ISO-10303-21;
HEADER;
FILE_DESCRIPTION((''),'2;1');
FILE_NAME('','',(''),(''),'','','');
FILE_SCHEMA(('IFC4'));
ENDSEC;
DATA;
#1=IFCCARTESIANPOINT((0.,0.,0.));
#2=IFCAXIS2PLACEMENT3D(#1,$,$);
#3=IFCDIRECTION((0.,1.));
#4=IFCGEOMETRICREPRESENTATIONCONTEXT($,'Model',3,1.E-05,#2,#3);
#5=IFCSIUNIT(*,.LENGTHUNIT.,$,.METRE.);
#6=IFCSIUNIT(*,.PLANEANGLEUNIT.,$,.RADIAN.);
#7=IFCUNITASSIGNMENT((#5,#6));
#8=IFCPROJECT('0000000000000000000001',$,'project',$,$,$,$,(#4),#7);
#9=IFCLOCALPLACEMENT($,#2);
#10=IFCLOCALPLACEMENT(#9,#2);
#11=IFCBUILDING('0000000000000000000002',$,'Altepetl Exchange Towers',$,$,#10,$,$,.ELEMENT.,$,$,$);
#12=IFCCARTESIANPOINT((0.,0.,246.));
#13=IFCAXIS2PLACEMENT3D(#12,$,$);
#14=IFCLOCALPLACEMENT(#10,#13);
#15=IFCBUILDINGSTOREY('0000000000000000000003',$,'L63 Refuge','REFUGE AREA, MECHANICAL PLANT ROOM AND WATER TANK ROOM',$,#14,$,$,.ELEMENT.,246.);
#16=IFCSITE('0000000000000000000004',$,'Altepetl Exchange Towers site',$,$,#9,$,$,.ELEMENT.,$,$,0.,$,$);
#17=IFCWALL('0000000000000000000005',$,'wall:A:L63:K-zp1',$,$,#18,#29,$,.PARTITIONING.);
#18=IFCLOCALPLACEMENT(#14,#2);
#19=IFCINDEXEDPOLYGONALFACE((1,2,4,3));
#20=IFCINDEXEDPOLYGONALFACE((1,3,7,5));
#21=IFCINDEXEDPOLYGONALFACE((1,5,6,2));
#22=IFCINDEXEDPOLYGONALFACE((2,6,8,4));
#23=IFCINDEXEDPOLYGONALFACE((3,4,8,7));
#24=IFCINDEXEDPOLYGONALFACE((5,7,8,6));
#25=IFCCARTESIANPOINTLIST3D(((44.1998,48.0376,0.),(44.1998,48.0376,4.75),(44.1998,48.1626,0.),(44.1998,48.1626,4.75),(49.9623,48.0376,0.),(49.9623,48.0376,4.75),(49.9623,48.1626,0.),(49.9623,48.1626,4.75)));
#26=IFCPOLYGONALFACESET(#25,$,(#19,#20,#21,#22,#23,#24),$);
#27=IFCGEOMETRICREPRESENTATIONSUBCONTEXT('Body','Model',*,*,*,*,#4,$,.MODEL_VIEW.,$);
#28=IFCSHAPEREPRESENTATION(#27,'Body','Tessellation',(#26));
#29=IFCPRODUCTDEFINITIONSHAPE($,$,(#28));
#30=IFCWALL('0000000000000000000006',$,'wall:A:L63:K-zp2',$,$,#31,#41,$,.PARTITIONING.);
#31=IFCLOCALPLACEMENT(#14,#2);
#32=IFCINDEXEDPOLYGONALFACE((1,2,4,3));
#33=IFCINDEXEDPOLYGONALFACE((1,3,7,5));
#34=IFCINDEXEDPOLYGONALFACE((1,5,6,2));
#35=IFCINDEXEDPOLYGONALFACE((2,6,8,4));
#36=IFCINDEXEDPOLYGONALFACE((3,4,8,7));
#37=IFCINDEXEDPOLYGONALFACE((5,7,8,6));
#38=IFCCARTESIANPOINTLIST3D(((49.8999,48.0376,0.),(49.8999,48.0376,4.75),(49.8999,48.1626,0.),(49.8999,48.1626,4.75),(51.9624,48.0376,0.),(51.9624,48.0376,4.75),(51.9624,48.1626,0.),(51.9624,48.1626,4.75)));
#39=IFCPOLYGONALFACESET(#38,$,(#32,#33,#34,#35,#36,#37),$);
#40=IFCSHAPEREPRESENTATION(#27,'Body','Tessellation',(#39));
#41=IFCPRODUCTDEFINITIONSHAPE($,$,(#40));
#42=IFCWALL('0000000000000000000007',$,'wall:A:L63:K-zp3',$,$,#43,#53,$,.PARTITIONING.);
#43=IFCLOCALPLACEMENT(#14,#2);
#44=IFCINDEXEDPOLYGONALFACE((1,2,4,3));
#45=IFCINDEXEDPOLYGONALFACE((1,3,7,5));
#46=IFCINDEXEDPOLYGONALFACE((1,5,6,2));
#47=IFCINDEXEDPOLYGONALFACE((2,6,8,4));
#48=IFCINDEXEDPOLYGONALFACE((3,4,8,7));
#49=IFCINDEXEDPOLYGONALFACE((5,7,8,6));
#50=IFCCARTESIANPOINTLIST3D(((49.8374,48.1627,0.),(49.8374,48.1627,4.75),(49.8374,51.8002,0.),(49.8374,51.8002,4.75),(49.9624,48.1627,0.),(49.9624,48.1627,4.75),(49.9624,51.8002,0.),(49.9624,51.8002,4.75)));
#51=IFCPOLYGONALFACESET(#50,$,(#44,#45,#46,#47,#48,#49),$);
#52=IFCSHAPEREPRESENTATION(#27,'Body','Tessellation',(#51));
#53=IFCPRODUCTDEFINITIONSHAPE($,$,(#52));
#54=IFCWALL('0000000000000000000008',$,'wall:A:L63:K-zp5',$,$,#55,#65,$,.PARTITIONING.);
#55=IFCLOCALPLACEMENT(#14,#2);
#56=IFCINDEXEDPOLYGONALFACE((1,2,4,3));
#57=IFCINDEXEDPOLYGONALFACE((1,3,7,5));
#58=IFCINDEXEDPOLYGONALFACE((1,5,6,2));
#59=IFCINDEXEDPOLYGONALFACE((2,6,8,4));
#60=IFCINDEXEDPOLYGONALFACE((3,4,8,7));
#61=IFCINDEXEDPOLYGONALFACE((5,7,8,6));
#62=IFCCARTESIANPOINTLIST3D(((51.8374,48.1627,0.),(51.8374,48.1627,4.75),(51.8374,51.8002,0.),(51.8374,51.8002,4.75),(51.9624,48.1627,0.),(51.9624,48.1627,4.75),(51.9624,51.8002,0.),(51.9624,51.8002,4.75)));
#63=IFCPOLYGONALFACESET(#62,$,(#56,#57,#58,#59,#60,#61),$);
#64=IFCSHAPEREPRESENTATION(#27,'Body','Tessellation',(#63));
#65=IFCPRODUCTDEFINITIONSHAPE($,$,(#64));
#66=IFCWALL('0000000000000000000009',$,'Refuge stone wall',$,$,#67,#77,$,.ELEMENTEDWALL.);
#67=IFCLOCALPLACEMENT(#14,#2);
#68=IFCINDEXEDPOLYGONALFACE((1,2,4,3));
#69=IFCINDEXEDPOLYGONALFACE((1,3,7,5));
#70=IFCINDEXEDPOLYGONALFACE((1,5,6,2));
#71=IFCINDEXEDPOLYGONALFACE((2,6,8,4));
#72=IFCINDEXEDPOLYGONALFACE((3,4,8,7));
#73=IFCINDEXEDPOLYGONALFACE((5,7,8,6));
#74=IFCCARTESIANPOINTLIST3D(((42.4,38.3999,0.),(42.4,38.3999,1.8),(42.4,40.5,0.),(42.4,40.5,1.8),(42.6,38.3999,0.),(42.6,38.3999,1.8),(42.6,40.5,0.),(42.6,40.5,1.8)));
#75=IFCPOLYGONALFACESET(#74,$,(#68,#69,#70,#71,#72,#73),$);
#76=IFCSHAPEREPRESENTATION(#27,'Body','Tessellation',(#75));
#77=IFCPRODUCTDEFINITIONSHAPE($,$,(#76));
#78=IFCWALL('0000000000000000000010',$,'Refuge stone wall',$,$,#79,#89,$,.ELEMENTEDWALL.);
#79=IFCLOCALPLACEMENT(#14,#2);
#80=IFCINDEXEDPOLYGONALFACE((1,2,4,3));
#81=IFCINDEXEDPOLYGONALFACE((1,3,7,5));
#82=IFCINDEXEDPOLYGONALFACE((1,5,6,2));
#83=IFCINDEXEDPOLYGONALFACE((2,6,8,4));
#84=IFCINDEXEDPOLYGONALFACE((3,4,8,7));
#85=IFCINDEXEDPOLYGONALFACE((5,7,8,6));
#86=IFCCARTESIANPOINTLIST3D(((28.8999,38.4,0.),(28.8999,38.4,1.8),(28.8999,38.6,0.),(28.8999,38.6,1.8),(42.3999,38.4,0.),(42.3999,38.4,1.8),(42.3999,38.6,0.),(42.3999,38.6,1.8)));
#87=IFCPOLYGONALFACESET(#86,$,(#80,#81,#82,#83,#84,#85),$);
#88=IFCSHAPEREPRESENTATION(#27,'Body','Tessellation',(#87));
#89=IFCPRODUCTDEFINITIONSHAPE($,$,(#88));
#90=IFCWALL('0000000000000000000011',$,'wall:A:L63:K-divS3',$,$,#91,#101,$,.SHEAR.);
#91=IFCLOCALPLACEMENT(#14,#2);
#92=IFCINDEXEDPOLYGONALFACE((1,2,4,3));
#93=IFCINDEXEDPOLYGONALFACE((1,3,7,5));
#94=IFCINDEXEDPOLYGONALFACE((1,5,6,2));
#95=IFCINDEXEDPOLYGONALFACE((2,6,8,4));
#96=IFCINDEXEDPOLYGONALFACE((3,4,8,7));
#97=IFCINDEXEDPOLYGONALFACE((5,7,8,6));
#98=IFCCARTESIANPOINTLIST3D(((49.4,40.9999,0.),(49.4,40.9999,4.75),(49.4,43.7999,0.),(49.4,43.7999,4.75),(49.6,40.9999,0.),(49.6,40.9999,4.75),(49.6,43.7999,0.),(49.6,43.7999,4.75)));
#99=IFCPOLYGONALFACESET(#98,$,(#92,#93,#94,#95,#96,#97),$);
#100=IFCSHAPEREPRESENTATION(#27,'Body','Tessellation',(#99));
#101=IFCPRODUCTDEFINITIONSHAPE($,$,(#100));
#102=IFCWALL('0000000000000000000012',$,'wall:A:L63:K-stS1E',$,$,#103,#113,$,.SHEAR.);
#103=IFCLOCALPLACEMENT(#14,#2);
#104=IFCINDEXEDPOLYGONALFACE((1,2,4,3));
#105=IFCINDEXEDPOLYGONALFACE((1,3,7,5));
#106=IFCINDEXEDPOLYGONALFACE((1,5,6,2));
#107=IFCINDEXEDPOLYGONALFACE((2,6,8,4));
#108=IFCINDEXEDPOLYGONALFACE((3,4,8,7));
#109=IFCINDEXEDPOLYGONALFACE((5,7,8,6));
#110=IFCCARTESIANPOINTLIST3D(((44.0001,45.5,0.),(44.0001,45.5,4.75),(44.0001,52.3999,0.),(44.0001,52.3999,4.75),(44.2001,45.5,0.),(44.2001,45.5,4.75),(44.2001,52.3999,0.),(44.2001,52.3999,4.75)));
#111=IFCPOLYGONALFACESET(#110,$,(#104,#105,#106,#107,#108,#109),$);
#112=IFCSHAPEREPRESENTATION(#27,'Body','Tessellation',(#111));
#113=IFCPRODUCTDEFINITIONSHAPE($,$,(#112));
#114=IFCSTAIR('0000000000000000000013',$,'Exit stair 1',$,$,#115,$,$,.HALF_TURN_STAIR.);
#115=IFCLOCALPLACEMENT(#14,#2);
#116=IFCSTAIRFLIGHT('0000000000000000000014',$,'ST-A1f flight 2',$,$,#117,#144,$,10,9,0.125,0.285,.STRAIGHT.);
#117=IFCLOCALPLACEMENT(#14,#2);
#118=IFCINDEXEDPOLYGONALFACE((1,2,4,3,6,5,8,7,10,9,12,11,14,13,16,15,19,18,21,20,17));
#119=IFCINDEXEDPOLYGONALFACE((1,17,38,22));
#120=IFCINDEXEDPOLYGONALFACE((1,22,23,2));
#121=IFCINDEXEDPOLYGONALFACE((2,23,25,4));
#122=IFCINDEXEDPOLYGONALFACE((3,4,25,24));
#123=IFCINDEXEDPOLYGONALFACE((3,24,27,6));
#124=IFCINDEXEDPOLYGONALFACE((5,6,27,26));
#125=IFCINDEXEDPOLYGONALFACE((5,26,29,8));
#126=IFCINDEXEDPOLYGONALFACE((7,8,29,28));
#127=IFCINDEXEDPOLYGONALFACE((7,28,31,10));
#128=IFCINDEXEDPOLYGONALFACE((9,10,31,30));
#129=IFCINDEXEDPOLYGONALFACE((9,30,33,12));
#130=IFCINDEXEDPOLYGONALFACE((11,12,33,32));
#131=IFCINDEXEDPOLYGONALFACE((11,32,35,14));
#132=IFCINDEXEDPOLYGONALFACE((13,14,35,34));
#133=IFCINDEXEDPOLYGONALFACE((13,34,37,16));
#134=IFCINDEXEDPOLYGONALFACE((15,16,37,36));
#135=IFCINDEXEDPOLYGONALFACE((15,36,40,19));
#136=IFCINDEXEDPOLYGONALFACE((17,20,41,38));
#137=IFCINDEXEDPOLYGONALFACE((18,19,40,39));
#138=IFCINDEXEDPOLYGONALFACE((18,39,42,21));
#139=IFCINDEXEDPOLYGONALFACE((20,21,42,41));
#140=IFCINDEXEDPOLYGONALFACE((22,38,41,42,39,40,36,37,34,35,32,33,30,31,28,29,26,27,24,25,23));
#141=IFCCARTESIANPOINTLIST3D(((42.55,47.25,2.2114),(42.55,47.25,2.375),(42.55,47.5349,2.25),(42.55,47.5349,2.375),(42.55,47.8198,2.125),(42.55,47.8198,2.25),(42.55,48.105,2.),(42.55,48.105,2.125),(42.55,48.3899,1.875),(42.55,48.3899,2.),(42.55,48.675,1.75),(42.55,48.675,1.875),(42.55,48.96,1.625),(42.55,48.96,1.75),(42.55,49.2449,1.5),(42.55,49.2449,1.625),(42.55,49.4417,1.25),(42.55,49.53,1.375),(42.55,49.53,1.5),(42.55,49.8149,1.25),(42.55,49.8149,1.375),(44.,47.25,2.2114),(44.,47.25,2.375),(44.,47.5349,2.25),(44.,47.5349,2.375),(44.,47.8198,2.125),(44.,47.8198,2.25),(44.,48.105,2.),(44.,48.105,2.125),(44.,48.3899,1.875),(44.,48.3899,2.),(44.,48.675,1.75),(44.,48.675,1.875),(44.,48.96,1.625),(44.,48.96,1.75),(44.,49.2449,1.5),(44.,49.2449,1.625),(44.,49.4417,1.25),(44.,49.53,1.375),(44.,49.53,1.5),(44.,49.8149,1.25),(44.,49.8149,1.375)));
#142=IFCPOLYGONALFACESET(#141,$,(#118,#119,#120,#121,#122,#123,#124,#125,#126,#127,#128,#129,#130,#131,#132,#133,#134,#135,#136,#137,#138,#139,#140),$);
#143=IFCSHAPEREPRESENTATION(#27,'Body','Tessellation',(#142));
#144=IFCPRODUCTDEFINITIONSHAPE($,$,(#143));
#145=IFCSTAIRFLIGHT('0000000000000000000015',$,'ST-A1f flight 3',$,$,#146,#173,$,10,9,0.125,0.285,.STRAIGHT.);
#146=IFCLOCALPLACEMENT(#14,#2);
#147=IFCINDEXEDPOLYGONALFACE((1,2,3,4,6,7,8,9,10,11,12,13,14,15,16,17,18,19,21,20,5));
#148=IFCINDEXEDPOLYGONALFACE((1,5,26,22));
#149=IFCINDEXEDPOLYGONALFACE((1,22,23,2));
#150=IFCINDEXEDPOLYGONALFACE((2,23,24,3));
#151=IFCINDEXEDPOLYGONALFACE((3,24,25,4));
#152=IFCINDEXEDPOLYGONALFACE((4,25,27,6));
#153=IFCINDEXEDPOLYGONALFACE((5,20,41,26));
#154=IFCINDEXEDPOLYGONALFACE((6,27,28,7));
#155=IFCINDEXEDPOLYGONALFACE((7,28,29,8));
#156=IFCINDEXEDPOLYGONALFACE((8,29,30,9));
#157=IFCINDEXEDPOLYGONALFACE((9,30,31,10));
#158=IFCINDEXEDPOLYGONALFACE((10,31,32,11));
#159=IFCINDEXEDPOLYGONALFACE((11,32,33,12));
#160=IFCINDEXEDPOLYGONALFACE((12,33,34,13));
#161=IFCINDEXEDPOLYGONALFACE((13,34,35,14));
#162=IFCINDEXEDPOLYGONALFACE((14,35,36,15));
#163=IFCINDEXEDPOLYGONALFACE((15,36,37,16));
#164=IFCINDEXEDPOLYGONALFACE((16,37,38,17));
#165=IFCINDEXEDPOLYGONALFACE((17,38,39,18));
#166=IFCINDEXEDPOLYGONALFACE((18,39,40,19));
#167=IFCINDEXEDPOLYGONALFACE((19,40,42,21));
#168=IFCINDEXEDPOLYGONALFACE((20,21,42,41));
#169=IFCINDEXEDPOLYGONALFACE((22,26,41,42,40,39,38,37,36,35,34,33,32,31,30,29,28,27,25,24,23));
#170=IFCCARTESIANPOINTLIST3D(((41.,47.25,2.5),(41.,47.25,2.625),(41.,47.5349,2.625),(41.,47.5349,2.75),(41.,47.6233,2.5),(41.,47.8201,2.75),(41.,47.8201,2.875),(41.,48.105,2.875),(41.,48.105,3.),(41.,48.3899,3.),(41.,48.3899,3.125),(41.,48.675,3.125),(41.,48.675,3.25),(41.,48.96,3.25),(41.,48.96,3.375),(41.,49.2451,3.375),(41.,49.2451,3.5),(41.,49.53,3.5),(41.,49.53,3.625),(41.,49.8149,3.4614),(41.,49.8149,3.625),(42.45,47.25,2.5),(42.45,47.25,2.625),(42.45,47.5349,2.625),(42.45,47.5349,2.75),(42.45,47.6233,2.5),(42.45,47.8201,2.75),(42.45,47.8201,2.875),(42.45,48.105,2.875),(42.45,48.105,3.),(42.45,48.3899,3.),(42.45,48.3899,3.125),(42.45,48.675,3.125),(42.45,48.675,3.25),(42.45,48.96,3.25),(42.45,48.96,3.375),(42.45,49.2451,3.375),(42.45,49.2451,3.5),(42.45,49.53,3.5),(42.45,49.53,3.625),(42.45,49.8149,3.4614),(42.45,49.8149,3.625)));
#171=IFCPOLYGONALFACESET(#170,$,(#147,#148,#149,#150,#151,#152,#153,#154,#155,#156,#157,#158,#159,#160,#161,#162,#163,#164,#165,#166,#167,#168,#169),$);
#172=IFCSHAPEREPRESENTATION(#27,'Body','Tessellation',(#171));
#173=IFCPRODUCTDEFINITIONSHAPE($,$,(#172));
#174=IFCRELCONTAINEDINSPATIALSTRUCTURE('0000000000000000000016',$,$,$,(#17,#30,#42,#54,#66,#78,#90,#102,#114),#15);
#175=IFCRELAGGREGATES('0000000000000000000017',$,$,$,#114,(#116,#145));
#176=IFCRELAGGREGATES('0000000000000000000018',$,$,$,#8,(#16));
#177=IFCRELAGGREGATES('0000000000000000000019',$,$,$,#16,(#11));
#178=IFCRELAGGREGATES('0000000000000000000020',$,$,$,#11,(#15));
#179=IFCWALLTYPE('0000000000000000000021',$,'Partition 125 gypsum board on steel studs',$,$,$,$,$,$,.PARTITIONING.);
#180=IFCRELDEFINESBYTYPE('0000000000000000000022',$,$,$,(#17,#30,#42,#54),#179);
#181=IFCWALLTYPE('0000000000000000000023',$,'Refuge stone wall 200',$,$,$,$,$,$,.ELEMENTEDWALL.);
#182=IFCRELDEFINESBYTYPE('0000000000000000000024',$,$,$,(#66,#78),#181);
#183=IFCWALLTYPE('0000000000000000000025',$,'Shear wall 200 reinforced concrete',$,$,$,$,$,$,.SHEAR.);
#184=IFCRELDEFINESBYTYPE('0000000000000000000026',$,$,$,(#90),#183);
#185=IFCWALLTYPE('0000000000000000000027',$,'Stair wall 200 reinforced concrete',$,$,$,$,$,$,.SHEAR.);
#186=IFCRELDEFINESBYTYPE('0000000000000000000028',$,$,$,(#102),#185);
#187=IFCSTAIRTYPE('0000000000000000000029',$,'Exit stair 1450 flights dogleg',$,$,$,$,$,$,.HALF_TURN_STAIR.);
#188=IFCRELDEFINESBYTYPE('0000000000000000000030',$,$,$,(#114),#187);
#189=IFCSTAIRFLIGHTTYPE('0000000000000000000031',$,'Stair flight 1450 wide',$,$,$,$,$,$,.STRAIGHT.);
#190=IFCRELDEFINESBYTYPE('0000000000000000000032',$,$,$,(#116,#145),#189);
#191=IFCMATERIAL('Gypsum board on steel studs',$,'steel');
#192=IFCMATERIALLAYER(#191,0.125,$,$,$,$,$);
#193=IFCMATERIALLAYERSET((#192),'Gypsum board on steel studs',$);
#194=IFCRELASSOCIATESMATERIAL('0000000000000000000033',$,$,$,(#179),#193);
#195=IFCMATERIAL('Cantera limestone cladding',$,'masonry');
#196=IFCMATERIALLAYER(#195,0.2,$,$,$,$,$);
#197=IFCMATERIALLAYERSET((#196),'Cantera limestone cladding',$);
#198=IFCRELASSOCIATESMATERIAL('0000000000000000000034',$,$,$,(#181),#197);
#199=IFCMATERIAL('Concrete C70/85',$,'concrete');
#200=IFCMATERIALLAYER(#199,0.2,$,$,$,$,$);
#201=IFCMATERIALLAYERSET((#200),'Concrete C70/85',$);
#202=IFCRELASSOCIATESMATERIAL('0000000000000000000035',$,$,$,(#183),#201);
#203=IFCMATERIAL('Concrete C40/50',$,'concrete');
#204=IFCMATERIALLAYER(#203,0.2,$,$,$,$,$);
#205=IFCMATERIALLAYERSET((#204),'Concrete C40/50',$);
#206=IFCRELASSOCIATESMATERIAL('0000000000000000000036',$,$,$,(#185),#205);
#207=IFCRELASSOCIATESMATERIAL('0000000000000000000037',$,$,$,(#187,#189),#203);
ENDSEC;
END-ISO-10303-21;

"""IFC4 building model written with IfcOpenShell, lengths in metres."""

from ifc_helpers import new_model, si_unit, direction, frame, frame_2d, origin, place, context, subcontext, project, spatial, polyline, rectangle, outline, extrude, material, layer, layer_set, type_object, element, aggregate, save


model = new_model("IFC4")

# Units and contexts
model_context = context("Model", 3, precision=1e-05, world=origin(), true_north=direction((0.0, 1.0)))
body_context = subcontext(model_context, "Body", "Model", "MODEL_VIEW")
ifc_project = project(units=[si_unit("LENGTHUNIT", "METRE"), si_unit("PLANEANGLEUNIT", "RADIAN")], contexts=[model_context])

# Site, building, storey
site_placement = place(None, origin())
site = spatial("IfcSite", under=ifc_project, at=site_placement, Name="Altepetl Exchange Towers site", CompositionType="ELEMENT", RefElevation=0.0)
building_placement = place(site_placement, origin())
building = spatial("IfcBuilding", under=site, at=building_placement, Name="Altepetl Exchange Towers", CompositionType="ELEMENT")
storey_placement = place(building_placement, frame((0.0, 0.0, 246.0)))
storey = spatial("IfcBuildingStorey", under=building, at=storey_placement, Name="L63 Refuge", Description="REFUGE AREA, MECHANICAL PLANT ROOM AND WATER TANK ROOM", CompositionType="ELEMENT", Elevation=246.0)

# Walls
ifc_material_1 = material(Name="Gypsum board on steel studs", Category="steel")
ifc_layer_1 = layer(ifc_material_1, 0.125)
ifc_layer_set_1 = layer_set([ifc_layer_1], Name="Gypsum board on steel studs")
wall_type_1 = type_object("IfcWallType", Name="Partition 125 gypsum board on steel studs", PredefinedType="PARTITIONING", material=ifc_layer_set_1)
wall_1_placement = place(storey_placement, frame((49.9624, 48.1001, 0.0), z_axis=(0.0, 0.0, 1.0), x_axis=(-1.0, 0.0, 0.0)))
element("IfcWall", 1, at=wall_1_placement, inside=storey, type_object=wall_type_1, Name="wall:A:L63:K-zp1", PredefinedType="PARTITIONING", context=body_context, shape_type="SweptSolid", body=[
    extrude(rectangle(XDim=5.7625, YDim=0.125, at=frame_2d((2.8813, 0.0))), origin(), (0.0, 0.0, 1.0), 4.75),
])
wall_2_placement = place(storey_placement, frame((51.9624, 48.1001, 0.0), z_axis=(0.0, 0.0, 1.0), x_axis=(-1.0, 0.0, 0.0)))
element("IfcWall", 2, at=wall_2_placement, inside=storey, type_object=wall_type_1, Name="wall:A:L63:K-zp2", PredefinedType="PARTITIONING", context=body_context, shape_type="SweptSolid", body=[
    extrude(rectangle(XDim=2.0625, YDim=0.125, at=frame_2d((1.0312, 0.0))), origin(), (0.0, 0.0, 1.0), 4.75),
])
for number, where, z_axis, x_axis, name in (
    (3, (49.8999, 48.1626, 0.0), (0.0, 0.0, 1.0), (0.0, 1.0, 0.0), "wall:A:L63:K-zp3"),
    (4, (51.8999, 48.1626, 0.0), (0.0, 0.0, 1.0), (0.0, 1.0, 0.0), "wall:A:L63:K-zp5"),
):
    element("IfcWall", number, at=place(storey_placement, frame(where, z_axis=z_axis, x_axis=x_axis)), inside=storey, type_object=wall_type_1, Name=name, PredefinedType="PARTITIONING", context=body_context, shape_type="SweptSolid", body=[
        extrude(rectangle(XDim=3.6375, YDim=0.125, at=frame_2d((1.8188, 0.0))), origin(), (0.0, 0.0, 1.0), 4.75),
    ])
ifc_material_2 = material(Name="Cantera limestone cladding", Category="masonry")
ifc_layer_2 = layer(ifc_material_2, 0.2)
ifc_layer_set_2 = layer_set([ifc_layer_2], Name="Cantera limestone cladding")
wall_type_2 = type_object("IfcWallType", Name="Refuge stone wall 200", PredefinedType="ELEMENTEDWALL", material=ifc_layer_set_2)
wall_3_placement = place(storey_placement, frame((42.5, 40.5, 0.0), z_axis=(0.0, 0.0, 1.0), x_axis=(0.0, -1.0, 0.0)))
element("IfcWall", 5, at=wall_3_placement, inside=storey, type_object=wall_type_2, Name="Refuge stone wall", PredefinedType="ELEMENTEDWALL", context=body_context, shape_type="SweptSolid", body=[
    extrude(rectangle(XDim=2.1001, YDim=0.2, at=frame_2d((1.05, 0.0))), origin(), (0.0, 0.0, 1.0), 1.8),
])
wall_4_placement = place(storey_placement, frame((42.3999, 38.5, 0.0), z_axis=(0.0, 0.0, 1.0), x_axis=(-1.0, 0.0, 0.0)))
element("IfcWall", 6, at=wall_4_placement, inside=storey, type_object=wall_type_2, Name="Refuge stone wall", PredefinedType="ELEMENTEDWALL", context=body_context, shape_type="SweptSolid", body=[
    extrude(rectangle(XDim=13.5, YDim=0.2, at=frame_2d((6.75, 0.0))), origin(), (0.0, 0.0, 1.0), 1.8),
])
ifc_material_3 = material(Name="Concrete C70/85", Category="concrete")
ifc_layer_3 = layer(ifc_material_3, 0.2)
ifc_layer_set_3 = layer_set([ifc_layer_3], Name="Concrete C70/85")
wall_type_3 = type_object("IfcWallType", Name="Shear wall 200 reinforced concrete", PredefinedType="SHEAR", material=ifc_layer_set_3)
wall_5_placement = place(storey_placement, frame((49.5, 41.0, 0.0), z_axis=(0.0, 0.0, 1.0), x_axis=(0.0, 1.0, 0.0)))
element("IfcWall", 7, at=wall_5_placement, inside=storey, type_object=wall_type_3, Name="wall:A:L63:K-divS3", PredefinedType="SHEAR", context=body_context, shape_type="SweptSolid", body=[
    extrude(rectangle(XDim=2.8, YDim=0.2, at=frame_2d((1.3999, 0.0))), origin(), (0.0, 0.0, 1.0), 4.75),
])
ifc_material_4 = material(Name="Concrete C40/50", Category="concrete")
ifc_layer_4 = layer(ifc_material_4, 0.2)
ifc_layer_set_4 = layer_set([ifc_layer_4], Name="Concrete C40/50")
wall_type_4 = type_object("IfcWallType", Name="Stair wall 200 reinforced concrete", PredefinedType="SHEAR", material=ifc_layer_set_4)
wall_6_placement = place(storey_placement, frame((44.1001, 45.5, 0.0), z_axis=(0.0, 0.0, 1.0), x_axis=(0.0, 1.0, 0.0)))
element("IfcWall", 8, at=wall_6_placement, inside=storey, type_object=wall_type_4, Name="wall:A:L63:K-stS1E", PredefinedType="SHEAR", context=body_context, shape_type="SweptSolid", body=[
    extrude(rectangle(XDim=6.8999, YDim=0.2, at=frame_2d((3.45, 0.0))), origin(), (0.0, 0.0, 1.0), 4.75),
])

# Stair, stair flights
stair_type = type_object("IfcStairType", Name="Exit stair 1450 flights dogleg", PredefinedType="HALF_TURN_STAIR", material=ifc_material_4)
stair_placement = place(storey_placement, origin())
stair = element("IfcStair", 9, at=stair_placement, inside=storey, type_object=stair_type, Name="Exit stair 1", PredefinedType="HALF_TURN_STAIR")
stair_flight_type = type_object("IfcStairFlightType", Name="Stair flight 1450 wide", PredefinedType="STRAIGHT", material=ifc_material_4)
stair_flight_1_placement = place(storey_placement, frame((43.2749, 49.8149, 1.25), z_axis=(0.0, 0.0, 1.0), x_axis=(0.0, -1.0, 0.0)))
stair_flight_1 = element("IfcStairFlight", 10, at=stair_flight_1_placement, type_object=stair_flight_type, Name="ST-A1f flight 2", NumberOfRisers=10, NumberOfTreads=9, PredefinedType="STRAIGHT", RiserHeight=0.125, TreadLength=0.285, context=body_context, shape_type="SweptSolid", body=[
    extrude(outline(polyline([(0.0, 0.0), (0.0, 0.125), (0.2849, 0.125), (0.2849, 0.25), (0.5701, 0.25), (0.5701, 0.375), (0.855, 0.375), (0.855, 0.5), (1.1399, 0.5), (1.1399, 0.625), (1.425, 0.625), (1.425, 0.75), (1.71, 0.75), (1.71, 0.875), (1.9951, 0.875), (1.9951, 1.0), (2.28, 1.0), (2.28, 1.125), (2.5649, 1.125), (2.5649, 1.25), (2.5649, 0.9614), (0.3733, 0.0), (0.0, 0.0)])), frame((0.0, 0.7251, 0.0), z_axis=(0.0, -1.0, 0.0), x_axis=(1.0, 0.0, 0.0)), (0.0, 0.0, 1.0), 1.45),
])
stair_flight_2_placement = place(storey_placement, frame((41.7251, 47.25, 2.5), z_axis=(0.0, 0.0, 1.0), x_axis=(0.0, 1.0, 0.0)))
stair_flight_2 = element("IfcStairFlight", 11, at=stair_flight_2_placement, type_object=stair_flight_type, Name="ST-A1f flight 3", NumberOfRisers=10, NumberOfTreads=9, PredefinedType="STRAIGHT", RiserHeight=0.125, TreadLength=0.285, context=body_context, shape_type="SweptSolid", body=[
    extrude(outline(polyline([(0.0, 0.0), (0.0, 0.125), (0.2849, 0.125), (0.2849, 0.25), (0.5701, 0.25), (0.5701, 0.375), (0.855, 0.375), (0.855, 0.5), (1.1399, 0.5), (1.1399, 0.625), (1.425, 0.625), (1.425, 0.75), (1.71, 0.75), (1.71, 0.875), (1.9951, 0.875), (1.9951, 1.0), (2.28, 1.0), (2.28, 1.125), (2.5649, 1.125), (2.5649, 1.25), (2.5649, 0.9614), (0.3733, 0.0), (0.0, 0.0)])), frame((0.0, 0.7251, 0.0), z_axis=(0.0, -1.0, 0.0), x_axis=(1.0, 0.0, 0.0)), (0.0, 0.0, 1.0), 1.45),
])
aggregate(stair, [stair_flight_1, stair_flight_2])

save(model, "model.ifc")
